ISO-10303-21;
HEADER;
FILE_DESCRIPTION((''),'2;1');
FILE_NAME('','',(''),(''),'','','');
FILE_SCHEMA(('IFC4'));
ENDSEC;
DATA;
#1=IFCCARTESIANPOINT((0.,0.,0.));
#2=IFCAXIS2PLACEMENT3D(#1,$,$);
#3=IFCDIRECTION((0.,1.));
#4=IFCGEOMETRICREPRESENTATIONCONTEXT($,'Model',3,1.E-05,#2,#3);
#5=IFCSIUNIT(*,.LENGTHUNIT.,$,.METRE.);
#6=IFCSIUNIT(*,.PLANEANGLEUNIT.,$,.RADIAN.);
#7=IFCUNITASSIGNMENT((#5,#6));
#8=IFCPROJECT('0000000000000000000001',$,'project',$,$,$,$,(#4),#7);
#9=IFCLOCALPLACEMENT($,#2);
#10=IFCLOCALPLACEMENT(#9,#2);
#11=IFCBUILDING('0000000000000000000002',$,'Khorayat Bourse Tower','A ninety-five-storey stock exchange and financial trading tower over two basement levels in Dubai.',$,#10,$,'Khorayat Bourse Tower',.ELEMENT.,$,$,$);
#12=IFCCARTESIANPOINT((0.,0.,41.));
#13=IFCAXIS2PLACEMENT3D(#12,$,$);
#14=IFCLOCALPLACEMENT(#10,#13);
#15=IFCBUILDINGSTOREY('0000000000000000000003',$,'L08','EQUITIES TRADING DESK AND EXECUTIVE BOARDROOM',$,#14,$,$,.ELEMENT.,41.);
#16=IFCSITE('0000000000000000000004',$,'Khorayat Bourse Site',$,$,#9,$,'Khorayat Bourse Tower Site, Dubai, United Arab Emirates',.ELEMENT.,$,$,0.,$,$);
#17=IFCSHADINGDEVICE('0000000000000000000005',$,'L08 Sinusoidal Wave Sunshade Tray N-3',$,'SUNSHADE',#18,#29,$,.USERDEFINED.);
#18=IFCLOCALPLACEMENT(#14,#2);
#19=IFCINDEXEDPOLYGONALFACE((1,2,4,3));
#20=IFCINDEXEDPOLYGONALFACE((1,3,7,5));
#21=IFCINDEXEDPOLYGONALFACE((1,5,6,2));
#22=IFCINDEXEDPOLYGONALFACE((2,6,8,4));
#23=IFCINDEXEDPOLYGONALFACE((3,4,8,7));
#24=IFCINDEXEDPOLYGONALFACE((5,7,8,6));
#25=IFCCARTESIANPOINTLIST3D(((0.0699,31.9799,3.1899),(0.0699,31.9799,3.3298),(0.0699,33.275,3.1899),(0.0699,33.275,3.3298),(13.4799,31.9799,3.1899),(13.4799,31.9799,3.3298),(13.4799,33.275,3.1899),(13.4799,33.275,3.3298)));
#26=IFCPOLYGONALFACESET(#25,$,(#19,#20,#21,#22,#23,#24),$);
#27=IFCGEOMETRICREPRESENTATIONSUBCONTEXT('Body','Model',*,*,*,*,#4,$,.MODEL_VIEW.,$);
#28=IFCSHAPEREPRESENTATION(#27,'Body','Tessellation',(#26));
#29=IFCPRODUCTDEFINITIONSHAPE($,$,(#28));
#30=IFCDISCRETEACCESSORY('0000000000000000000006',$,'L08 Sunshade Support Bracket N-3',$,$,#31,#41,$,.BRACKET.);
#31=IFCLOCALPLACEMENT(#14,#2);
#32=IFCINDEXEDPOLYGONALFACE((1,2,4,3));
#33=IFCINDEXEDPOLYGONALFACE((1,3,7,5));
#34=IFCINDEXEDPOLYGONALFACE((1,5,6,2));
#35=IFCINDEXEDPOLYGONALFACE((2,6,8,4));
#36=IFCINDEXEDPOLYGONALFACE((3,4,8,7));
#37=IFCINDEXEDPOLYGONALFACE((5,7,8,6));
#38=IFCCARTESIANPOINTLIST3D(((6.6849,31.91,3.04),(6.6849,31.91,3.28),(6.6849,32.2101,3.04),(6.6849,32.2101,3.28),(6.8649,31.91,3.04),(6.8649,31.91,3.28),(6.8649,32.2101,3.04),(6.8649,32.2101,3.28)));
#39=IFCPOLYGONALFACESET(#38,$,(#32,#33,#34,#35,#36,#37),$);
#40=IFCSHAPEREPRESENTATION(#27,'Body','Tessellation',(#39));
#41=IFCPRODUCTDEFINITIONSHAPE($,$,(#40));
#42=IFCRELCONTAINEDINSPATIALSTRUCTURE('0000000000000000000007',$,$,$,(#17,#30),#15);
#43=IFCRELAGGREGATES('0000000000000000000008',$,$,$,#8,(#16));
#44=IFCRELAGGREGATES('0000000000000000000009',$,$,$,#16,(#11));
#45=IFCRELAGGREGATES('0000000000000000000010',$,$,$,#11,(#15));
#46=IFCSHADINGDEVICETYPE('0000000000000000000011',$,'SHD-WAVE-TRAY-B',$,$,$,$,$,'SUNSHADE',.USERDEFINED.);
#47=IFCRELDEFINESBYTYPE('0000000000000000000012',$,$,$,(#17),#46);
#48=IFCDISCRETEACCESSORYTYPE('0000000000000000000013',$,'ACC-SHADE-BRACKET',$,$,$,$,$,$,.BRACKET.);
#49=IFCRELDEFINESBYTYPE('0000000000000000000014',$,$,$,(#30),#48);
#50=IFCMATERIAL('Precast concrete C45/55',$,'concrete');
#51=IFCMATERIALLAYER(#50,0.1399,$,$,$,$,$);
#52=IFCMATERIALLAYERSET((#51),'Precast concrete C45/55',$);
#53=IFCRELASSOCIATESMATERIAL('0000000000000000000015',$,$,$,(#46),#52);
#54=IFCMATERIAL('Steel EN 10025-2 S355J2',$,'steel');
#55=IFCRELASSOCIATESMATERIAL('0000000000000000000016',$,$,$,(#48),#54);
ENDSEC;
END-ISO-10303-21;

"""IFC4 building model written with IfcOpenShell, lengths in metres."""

from ifc_helpers import new_model, si_unit, direction, frame, origin, origin_2d, place, context, subcontext, project, spatial, rectangle, extrude, source, transform, mapped, material, layer, layer_set, type_object, element, save


model = new_model("IFC4")

# Units and contexts
model_context = context("Model", 3, precision=1e-05, world=origin(), true_north=direction((0.0, 1.0)))
body_context = subcontext(model_context, "Body", "Model", "MODEL_VIEW")
ifc_project = project(units=[si_unit("LENGTHUNIT", "METRE"), si_unit("PLANEANGLEUNIT", "RADIAN")], contexts=[model_context])

# Site, building, storey
site_placement = place(None, origin())
site = spatial("IfcSite", under=ifc_project, at=site_placement, Name="Khorayat Bourse Site", LongName="Khorayat Bourse Tower Site, Dubai, United Arab Emirates", CompositionType="ELEMENT", RefElevation=0.0)
building_placement = place(site_placement, origin())
building = spatial("IfcBuilding", under=site, at=building_placement, Name="Khorayat Bourse Tower", Description="A ninety-five-storey stock exchange and financial trading tower over two basement levels in Dubai.", LongName="Khorayat Bourse Tower", CompositionType="ELEMENT")
storey_placement = place(building_placement, frame((0.0, 0.0, 41.0)))
storey = spatial("IfcBuildingStorey", under=building, at=storey_placement, Name="L08", Description="EQUITIES TRADING DESK AND EXECUTIVE BOARDROOM", CompositionType="ELEMENT", Elevation=41.0)

# Shared definitions
ifc_material_1 = material(Name="Steel EN 10025-2 S355J2", Category="steel")

# Shading device
ifc_material_2 = material(Name="Precast concrete C45/55", Category="concrete")
ifc_layer_1 = layer(ifc_material_2, 0.1399)
ifc_layer_set_1 = layer_set([ifc_layer_1], Name="Precast concrete C45/55")
shading_device_type = type_object("IfcShadingDeviceType", Name="SHD-WAVE-TRAY-B", ElementType="SUNSHADE", PredefinedType="USERDEFINED", material=ifc_layer_set_1)
shared_shape_1 = source(origin(), body_context, "Body", "SweptSolid", [
    extrude(rectangle(XDim=13.4099, YDim=1.2952, at=origin_2d()), origin(), (0.0, 0.0, 1.0), 0.1399),
])
shading_device_placement = place(storey_placement, frame((6.7749, 32.6274, 3.1899), z_axis=(0.0, 0.0, 1.0), x_axis=(1.0, 0.0, 0.0)))
element("IfcShadingDevice", 1, at=shading_device_placement, inside=storey, type_object=shading_device_type, Name="L08 Sinusoidal Wave Sunshade Tray N-3", ObjectType="SUNSHADE", PredefinedType="USERDEFINED", context=body_context, shape_type="MappedRepresentation", body=[
    mapped(shared_shape_1, transform((0.0, 0.0, 0.0), scale=1.0)),
])

# Discrete accessory
discrete_accessory_type = type_object("IfcDiscreteAccessoryType", Name="ACC-SHADE-BRACKET", PredefinedType="BRACKET", material=ifc_material_1)
shared_shape_2 = source(origin(), body_context, "Body", "SweptSolid", [
    extrude(rectangle(XDim=0.1799, YDim=0.3, at=origin_2d()), origin(), (0.0, 0.0, 1.0), 0.24),
])
discrete_accessory_placement = place(storey_placement, frame((6.7749, 32.0601, 3.04), z_axis=(0.0, 0.0, 1.0), x_axis=(1.0, 0.0, 0.0)))
element("IfcDiscreteAccessory", 2, at=discrete_accessory_placement, inside=storey, type_object=discrete_accessory_type, Name="L08 Sunshade Support Bracket N-3", PredefinedType="BRACKET", context=body_context, shape_type="MappedRepresentation", body=[
    mapped(shared_shape_2, transform((0.0, 0.0, 0.0), scale=1.0)),
])

save(model, "model.ifc")
